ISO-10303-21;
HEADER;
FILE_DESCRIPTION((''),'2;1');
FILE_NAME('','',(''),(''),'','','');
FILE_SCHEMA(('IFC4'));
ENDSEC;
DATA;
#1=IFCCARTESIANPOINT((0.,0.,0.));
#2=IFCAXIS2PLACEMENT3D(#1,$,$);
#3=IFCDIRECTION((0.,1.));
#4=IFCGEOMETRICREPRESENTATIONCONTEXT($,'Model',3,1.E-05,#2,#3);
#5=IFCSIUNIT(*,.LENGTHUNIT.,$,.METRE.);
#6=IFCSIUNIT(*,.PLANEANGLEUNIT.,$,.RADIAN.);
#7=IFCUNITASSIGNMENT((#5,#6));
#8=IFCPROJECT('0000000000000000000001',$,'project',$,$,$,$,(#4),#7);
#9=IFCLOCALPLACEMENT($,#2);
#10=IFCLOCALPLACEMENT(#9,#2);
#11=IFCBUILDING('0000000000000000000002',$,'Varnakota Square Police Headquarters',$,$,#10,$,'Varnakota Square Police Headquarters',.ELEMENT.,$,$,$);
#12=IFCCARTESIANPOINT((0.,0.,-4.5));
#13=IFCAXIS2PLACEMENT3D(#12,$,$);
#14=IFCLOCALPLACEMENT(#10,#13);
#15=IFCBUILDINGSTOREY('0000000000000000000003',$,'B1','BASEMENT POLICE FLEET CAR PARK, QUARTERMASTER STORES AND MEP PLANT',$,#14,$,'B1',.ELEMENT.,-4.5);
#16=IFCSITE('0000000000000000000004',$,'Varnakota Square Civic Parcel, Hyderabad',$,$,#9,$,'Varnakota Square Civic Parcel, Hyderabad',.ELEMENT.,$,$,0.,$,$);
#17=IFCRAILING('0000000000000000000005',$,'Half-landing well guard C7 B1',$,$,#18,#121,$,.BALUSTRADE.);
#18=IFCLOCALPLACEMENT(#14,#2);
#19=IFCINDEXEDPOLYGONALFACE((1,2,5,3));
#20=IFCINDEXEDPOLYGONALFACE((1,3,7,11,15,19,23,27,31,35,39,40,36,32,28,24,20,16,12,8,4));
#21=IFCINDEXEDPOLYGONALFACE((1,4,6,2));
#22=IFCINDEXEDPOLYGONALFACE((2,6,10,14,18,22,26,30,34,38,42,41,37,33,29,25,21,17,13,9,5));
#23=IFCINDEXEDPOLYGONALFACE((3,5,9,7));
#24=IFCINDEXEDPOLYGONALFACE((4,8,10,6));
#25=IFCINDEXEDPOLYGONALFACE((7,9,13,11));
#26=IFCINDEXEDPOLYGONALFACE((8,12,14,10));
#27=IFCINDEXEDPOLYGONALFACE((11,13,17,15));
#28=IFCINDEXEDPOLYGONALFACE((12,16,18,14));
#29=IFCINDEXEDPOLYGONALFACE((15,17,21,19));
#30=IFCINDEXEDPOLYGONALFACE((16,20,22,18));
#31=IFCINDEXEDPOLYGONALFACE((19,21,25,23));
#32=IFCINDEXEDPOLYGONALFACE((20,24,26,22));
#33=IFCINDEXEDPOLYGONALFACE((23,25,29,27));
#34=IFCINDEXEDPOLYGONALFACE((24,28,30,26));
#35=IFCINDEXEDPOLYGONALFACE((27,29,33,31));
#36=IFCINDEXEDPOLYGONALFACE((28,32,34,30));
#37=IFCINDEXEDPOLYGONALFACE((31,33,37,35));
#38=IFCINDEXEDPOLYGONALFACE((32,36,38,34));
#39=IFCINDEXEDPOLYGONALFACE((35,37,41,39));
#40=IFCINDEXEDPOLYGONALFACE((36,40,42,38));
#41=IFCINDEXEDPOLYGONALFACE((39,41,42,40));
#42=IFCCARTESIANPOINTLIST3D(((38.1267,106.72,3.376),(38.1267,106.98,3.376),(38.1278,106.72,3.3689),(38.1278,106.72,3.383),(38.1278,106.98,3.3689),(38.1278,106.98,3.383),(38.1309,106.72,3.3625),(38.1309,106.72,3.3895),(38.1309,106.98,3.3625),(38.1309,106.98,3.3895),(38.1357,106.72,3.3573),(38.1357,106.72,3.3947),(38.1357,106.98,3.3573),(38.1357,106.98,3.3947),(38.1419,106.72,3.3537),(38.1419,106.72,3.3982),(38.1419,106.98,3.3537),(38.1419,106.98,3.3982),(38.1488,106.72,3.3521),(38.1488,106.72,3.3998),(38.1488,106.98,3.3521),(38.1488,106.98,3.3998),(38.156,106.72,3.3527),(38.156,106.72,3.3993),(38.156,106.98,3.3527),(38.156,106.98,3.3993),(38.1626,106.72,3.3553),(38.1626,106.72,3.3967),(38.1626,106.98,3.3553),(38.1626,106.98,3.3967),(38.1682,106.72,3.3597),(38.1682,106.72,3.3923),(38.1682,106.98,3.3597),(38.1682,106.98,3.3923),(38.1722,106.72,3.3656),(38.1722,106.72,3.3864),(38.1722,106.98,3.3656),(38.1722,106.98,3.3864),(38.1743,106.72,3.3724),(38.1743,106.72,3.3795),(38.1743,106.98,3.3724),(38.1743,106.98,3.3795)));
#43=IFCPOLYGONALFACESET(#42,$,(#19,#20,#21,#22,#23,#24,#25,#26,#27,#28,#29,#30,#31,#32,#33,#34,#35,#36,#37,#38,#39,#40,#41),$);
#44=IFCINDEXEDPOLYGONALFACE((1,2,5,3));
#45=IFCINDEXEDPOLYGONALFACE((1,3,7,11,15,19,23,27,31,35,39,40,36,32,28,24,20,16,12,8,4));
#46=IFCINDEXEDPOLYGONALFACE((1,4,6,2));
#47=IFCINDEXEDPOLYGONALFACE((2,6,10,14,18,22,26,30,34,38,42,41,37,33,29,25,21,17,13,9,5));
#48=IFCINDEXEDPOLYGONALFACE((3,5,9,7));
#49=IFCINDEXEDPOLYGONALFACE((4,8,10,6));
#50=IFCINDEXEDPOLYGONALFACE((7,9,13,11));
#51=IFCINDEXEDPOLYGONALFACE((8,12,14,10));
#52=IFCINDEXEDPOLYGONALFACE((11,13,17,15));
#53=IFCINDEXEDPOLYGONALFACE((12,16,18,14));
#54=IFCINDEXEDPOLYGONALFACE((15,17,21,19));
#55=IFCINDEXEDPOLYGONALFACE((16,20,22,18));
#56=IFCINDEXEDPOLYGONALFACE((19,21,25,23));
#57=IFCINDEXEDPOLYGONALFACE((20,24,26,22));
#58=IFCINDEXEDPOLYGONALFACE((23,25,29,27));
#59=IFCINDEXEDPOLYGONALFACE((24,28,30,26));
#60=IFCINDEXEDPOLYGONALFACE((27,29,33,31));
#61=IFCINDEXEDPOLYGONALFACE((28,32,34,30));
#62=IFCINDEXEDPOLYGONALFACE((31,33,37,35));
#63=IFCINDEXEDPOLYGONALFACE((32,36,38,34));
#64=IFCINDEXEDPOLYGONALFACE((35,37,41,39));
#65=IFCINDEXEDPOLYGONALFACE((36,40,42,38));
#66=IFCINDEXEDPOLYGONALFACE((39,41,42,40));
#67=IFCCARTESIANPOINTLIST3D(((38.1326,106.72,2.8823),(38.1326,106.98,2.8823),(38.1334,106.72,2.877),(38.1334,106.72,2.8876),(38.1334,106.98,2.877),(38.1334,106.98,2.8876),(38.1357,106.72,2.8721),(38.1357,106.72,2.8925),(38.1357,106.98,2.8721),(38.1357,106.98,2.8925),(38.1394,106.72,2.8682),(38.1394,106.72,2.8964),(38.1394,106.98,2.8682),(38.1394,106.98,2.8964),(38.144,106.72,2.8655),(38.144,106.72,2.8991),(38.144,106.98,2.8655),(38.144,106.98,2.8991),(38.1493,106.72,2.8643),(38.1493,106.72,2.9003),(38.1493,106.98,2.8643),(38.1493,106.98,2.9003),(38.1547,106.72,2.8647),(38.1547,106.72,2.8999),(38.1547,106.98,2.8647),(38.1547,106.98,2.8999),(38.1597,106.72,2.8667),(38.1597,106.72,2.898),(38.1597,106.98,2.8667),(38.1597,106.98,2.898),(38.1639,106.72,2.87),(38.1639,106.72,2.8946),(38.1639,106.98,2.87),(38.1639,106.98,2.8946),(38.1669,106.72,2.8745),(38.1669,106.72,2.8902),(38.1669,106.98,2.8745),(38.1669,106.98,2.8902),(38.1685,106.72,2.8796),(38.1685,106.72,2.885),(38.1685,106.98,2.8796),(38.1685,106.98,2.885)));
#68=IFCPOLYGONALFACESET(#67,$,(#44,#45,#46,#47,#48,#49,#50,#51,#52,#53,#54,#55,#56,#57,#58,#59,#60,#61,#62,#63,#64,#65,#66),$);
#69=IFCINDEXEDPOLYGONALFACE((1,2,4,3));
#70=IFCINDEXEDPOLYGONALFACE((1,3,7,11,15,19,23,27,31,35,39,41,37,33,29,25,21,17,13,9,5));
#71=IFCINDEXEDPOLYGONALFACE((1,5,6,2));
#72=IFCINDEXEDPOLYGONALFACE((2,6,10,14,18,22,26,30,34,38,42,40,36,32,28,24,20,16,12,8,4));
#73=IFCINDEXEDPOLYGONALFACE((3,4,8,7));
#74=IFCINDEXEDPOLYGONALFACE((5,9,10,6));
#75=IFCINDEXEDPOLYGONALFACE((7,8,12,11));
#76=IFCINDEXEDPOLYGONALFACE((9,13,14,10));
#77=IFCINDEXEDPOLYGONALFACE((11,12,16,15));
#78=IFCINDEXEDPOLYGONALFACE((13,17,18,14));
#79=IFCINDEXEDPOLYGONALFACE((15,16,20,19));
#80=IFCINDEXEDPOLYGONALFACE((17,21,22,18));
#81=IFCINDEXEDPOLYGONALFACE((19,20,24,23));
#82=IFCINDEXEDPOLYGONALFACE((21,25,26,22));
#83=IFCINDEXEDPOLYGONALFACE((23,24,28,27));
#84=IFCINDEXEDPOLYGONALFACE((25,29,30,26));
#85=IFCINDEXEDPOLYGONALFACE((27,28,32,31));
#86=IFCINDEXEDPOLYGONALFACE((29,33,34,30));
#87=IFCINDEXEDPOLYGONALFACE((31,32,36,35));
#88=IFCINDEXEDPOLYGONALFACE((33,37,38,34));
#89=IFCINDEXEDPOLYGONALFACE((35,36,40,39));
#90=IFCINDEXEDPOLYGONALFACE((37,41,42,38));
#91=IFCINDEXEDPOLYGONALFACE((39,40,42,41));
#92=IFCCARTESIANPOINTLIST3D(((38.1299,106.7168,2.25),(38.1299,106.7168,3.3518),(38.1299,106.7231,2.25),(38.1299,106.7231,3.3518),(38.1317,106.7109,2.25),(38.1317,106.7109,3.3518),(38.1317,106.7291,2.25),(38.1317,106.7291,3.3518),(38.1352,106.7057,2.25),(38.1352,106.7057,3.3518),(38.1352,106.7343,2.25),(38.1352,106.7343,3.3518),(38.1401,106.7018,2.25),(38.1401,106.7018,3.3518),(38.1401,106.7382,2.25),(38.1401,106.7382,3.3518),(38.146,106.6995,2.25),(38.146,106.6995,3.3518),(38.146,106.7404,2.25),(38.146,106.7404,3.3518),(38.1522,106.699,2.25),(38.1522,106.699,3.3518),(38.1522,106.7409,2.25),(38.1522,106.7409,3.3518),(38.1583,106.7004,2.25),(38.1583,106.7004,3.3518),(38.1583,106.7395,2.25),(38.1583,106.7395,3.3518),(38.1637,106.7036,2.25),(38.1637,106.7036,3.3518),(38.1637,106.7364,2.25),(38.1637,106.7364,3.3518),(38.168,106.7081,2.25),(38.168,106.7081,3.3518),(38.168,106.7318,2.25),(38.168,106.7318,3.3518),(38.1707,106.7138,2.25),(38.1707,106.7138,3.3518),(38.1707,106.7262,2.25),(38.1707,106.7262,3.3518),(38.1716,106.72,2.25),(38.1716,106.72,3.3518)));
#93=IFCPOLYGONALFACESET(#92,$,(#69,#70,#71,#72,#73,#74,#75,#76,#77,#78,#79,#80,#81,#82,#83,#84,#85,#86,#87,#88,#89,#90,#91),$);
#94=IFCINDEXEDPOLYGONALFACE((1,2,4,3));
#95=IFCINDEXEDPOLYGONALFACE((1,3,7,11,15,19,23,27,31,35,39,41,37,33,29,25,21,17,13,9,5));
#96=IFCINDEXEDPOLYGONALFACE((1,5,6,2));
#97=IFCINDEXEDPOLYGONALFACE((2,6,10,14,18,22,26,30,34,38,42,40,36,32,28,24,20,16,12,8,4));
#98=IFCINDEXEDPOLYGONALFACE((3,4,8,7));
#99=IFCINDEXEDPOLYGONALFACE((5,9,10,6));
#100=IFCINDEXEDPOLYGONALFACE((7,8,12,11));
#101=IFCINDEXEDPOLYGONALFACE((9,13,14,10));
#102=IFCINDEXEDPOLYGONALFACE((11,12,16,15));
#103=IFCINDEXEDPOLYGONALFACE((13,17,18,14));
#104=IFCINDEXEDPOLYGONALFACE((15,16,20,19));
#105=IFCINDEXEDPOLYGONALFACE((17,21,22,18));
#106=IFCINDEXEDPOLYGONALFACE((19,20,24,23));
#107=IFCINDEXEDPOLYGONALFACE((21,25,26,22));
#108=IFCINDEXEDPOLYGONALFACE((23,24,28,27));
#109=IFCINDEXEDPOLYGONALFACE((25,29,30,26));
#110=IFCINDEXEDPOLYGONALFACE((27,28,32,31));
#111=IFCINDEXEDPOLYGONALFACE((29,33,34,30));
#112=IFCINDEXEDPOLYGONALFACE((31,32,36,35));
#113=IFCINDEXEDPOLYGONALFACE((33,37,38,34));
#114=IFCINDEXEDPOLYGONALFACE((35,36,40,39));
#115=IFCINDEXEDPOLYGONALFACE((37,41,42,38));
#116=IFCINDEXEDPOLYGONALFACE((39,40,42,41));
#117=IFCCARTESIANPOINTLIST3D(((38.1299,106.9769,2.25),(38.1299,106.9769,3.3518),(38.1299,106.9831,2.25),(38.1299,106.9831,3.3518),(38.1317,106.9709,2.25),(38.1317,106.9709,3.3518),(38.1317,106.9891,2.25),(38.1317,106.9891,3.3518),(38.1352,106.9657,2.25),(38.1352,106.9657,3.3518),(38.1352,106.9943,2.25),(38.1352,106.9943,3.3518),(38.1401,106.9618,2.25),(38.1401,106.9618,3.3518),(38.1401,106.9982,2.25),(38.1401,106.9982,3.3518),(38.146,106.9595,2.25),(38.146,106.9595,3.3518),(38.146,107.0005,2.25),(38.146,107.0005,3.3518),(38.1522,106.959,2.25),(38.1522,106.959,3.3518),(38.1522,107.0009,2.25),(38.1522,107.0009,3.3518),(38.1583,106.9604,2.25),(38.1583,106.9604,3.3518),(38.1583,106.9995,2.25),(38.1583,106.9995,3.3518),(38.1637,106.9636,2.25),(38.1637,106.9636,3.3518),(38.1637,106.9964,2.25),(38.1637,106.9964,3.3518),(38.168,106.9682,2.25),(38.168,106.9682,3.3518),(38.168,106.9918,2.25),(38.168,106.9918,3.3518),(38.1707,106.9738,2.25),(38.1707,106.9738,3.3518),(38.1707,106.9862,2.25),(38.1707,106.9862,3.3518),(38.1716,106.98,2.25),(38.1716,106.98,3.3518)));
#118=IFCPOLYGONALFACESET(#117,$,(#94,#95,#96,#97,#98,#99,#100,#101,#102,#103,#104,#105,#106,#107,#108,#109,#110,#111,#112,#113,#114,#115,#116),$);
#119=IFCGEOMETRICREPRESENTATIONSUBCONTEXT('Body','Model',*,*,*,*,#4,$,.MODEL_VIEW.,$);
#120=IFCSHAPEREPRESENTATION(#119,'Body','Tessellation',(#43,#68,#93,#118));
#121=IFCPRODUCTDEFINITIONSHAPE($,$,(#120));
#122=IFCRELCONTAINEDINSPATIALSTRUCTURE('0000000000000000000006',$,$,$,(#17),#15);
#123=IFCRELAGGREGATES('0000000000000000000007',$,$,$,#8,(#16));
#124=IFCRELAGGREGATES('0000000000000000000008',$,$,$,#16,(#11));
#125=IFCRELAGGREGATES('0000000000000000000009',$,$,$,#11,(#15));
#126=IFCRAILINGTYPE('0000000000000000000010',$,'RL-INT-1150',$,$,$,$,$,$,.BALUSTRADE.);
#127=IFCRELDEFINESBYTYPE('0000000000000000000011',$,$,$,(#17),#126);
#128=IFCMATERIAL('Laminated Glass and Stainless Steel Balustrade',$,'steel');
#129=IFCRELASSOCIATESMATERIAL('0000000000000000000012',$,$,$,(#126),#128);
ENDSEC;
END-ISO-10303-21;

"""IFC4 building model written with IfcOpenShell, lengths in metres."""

from ifc_helpers import new_model, si_unit, direction, frame, origin, origin_2d, place, context, subcontext, project, spatial, circle, extrude, material, type_object, element, save


model = new_model("IFC4")

# Units and contexts
model_context = context("Model", 3, precision=1e-05, world=origin(), true_north=direction((0.0, 1.0)))
body_context = subcontext(model_context, "Body", "Model", "MODEL_VIEW")
ifc_project = project(units=[si_unit("LENGTHUNIT", "METRE"), si_unit("PLANEANGLEUNIT", "RADIAN")], contexts=[model_context])

# Site, building, storey
site_placement = place(None, origin())
site = spatial("IfcSite", under=ifc_project, at=site_placement, Name="Varnakota Square Civic Parcel, Hyderabad", LongName="Varnakota Square Civic Parcel, Hyderabad", CompositionType="ELEMENT", RefElevation=0.0)
building_placement = place(site_placement, origin())
building = spatial("IfcBuilding", under=site, at=building_placement, Name="Varnakota Square Police Headquarters", LongName="Varnakota Square Police Headquarters", CompositionType="ELEMENT")
storey_placement = place(building_placement, frame((0.0, 0.0, -4.5)))
storey = spatial("IfcBuildingStorey", under=building, at=storey_placement, Name="B1", Description="BASEMENT POLICE FLEET CAR PARK, QUARTERMASTER STORES AND MEP PLANT", LongName="B1", CompositionType="ELEMENT", Elevation=-4.5)

# Railing
ifc_material_1 = material(Name="Laminated Glass and Stainless Steel Balustrade", Category="steel")
railing_type_1 = type_object("IfcRailingType", Name="RL-INT-1150", PredefinedType="BALUSTRADE", material=ifc_material_1)
railing_1_placement = place(storey_placement, frame((38.1506, 106.72, 2.25)))
element("IfcRailing", 1, at=railing_1_placement, inside=storey, type_object=railing_type_1, Name="Half-landing well guard C7 B1", PredefinedType="BALUSTRADE", context=body_context, shape_type="SweptSolid", body=[
    extrude(circle(Radius=0.0239, at=origin_2d()), frame((0.0, 0.0, 1.126), z_axis=(0.0, 1.0, 0.0), x_axis=(-1.0, 0.0, 0.0)), (0.0, 0.0, 1.0), 0.26),
    extrude(circle(Radius=0.0181, at=origin_2d()), frame((0.0, 0.0, 0.6323), z_axis=(0.0, 1.0, 0.0), x_axis=(-1.0, 0.0, 0.0)), (0.0, 0.0, 1.0), 0.26),
    extrude(circle(Radius=0.021, at=origin_2d()), origin(), (0.0, 0.0, 1.0), 1.1018),
    extrude(circle(Radius=0.021, at=origin_2d()), frame((0.0, 0.26, 0.0)), (0.0, 0.0, 1.0), 1.1018),
])

save(model, "model.ifc")
